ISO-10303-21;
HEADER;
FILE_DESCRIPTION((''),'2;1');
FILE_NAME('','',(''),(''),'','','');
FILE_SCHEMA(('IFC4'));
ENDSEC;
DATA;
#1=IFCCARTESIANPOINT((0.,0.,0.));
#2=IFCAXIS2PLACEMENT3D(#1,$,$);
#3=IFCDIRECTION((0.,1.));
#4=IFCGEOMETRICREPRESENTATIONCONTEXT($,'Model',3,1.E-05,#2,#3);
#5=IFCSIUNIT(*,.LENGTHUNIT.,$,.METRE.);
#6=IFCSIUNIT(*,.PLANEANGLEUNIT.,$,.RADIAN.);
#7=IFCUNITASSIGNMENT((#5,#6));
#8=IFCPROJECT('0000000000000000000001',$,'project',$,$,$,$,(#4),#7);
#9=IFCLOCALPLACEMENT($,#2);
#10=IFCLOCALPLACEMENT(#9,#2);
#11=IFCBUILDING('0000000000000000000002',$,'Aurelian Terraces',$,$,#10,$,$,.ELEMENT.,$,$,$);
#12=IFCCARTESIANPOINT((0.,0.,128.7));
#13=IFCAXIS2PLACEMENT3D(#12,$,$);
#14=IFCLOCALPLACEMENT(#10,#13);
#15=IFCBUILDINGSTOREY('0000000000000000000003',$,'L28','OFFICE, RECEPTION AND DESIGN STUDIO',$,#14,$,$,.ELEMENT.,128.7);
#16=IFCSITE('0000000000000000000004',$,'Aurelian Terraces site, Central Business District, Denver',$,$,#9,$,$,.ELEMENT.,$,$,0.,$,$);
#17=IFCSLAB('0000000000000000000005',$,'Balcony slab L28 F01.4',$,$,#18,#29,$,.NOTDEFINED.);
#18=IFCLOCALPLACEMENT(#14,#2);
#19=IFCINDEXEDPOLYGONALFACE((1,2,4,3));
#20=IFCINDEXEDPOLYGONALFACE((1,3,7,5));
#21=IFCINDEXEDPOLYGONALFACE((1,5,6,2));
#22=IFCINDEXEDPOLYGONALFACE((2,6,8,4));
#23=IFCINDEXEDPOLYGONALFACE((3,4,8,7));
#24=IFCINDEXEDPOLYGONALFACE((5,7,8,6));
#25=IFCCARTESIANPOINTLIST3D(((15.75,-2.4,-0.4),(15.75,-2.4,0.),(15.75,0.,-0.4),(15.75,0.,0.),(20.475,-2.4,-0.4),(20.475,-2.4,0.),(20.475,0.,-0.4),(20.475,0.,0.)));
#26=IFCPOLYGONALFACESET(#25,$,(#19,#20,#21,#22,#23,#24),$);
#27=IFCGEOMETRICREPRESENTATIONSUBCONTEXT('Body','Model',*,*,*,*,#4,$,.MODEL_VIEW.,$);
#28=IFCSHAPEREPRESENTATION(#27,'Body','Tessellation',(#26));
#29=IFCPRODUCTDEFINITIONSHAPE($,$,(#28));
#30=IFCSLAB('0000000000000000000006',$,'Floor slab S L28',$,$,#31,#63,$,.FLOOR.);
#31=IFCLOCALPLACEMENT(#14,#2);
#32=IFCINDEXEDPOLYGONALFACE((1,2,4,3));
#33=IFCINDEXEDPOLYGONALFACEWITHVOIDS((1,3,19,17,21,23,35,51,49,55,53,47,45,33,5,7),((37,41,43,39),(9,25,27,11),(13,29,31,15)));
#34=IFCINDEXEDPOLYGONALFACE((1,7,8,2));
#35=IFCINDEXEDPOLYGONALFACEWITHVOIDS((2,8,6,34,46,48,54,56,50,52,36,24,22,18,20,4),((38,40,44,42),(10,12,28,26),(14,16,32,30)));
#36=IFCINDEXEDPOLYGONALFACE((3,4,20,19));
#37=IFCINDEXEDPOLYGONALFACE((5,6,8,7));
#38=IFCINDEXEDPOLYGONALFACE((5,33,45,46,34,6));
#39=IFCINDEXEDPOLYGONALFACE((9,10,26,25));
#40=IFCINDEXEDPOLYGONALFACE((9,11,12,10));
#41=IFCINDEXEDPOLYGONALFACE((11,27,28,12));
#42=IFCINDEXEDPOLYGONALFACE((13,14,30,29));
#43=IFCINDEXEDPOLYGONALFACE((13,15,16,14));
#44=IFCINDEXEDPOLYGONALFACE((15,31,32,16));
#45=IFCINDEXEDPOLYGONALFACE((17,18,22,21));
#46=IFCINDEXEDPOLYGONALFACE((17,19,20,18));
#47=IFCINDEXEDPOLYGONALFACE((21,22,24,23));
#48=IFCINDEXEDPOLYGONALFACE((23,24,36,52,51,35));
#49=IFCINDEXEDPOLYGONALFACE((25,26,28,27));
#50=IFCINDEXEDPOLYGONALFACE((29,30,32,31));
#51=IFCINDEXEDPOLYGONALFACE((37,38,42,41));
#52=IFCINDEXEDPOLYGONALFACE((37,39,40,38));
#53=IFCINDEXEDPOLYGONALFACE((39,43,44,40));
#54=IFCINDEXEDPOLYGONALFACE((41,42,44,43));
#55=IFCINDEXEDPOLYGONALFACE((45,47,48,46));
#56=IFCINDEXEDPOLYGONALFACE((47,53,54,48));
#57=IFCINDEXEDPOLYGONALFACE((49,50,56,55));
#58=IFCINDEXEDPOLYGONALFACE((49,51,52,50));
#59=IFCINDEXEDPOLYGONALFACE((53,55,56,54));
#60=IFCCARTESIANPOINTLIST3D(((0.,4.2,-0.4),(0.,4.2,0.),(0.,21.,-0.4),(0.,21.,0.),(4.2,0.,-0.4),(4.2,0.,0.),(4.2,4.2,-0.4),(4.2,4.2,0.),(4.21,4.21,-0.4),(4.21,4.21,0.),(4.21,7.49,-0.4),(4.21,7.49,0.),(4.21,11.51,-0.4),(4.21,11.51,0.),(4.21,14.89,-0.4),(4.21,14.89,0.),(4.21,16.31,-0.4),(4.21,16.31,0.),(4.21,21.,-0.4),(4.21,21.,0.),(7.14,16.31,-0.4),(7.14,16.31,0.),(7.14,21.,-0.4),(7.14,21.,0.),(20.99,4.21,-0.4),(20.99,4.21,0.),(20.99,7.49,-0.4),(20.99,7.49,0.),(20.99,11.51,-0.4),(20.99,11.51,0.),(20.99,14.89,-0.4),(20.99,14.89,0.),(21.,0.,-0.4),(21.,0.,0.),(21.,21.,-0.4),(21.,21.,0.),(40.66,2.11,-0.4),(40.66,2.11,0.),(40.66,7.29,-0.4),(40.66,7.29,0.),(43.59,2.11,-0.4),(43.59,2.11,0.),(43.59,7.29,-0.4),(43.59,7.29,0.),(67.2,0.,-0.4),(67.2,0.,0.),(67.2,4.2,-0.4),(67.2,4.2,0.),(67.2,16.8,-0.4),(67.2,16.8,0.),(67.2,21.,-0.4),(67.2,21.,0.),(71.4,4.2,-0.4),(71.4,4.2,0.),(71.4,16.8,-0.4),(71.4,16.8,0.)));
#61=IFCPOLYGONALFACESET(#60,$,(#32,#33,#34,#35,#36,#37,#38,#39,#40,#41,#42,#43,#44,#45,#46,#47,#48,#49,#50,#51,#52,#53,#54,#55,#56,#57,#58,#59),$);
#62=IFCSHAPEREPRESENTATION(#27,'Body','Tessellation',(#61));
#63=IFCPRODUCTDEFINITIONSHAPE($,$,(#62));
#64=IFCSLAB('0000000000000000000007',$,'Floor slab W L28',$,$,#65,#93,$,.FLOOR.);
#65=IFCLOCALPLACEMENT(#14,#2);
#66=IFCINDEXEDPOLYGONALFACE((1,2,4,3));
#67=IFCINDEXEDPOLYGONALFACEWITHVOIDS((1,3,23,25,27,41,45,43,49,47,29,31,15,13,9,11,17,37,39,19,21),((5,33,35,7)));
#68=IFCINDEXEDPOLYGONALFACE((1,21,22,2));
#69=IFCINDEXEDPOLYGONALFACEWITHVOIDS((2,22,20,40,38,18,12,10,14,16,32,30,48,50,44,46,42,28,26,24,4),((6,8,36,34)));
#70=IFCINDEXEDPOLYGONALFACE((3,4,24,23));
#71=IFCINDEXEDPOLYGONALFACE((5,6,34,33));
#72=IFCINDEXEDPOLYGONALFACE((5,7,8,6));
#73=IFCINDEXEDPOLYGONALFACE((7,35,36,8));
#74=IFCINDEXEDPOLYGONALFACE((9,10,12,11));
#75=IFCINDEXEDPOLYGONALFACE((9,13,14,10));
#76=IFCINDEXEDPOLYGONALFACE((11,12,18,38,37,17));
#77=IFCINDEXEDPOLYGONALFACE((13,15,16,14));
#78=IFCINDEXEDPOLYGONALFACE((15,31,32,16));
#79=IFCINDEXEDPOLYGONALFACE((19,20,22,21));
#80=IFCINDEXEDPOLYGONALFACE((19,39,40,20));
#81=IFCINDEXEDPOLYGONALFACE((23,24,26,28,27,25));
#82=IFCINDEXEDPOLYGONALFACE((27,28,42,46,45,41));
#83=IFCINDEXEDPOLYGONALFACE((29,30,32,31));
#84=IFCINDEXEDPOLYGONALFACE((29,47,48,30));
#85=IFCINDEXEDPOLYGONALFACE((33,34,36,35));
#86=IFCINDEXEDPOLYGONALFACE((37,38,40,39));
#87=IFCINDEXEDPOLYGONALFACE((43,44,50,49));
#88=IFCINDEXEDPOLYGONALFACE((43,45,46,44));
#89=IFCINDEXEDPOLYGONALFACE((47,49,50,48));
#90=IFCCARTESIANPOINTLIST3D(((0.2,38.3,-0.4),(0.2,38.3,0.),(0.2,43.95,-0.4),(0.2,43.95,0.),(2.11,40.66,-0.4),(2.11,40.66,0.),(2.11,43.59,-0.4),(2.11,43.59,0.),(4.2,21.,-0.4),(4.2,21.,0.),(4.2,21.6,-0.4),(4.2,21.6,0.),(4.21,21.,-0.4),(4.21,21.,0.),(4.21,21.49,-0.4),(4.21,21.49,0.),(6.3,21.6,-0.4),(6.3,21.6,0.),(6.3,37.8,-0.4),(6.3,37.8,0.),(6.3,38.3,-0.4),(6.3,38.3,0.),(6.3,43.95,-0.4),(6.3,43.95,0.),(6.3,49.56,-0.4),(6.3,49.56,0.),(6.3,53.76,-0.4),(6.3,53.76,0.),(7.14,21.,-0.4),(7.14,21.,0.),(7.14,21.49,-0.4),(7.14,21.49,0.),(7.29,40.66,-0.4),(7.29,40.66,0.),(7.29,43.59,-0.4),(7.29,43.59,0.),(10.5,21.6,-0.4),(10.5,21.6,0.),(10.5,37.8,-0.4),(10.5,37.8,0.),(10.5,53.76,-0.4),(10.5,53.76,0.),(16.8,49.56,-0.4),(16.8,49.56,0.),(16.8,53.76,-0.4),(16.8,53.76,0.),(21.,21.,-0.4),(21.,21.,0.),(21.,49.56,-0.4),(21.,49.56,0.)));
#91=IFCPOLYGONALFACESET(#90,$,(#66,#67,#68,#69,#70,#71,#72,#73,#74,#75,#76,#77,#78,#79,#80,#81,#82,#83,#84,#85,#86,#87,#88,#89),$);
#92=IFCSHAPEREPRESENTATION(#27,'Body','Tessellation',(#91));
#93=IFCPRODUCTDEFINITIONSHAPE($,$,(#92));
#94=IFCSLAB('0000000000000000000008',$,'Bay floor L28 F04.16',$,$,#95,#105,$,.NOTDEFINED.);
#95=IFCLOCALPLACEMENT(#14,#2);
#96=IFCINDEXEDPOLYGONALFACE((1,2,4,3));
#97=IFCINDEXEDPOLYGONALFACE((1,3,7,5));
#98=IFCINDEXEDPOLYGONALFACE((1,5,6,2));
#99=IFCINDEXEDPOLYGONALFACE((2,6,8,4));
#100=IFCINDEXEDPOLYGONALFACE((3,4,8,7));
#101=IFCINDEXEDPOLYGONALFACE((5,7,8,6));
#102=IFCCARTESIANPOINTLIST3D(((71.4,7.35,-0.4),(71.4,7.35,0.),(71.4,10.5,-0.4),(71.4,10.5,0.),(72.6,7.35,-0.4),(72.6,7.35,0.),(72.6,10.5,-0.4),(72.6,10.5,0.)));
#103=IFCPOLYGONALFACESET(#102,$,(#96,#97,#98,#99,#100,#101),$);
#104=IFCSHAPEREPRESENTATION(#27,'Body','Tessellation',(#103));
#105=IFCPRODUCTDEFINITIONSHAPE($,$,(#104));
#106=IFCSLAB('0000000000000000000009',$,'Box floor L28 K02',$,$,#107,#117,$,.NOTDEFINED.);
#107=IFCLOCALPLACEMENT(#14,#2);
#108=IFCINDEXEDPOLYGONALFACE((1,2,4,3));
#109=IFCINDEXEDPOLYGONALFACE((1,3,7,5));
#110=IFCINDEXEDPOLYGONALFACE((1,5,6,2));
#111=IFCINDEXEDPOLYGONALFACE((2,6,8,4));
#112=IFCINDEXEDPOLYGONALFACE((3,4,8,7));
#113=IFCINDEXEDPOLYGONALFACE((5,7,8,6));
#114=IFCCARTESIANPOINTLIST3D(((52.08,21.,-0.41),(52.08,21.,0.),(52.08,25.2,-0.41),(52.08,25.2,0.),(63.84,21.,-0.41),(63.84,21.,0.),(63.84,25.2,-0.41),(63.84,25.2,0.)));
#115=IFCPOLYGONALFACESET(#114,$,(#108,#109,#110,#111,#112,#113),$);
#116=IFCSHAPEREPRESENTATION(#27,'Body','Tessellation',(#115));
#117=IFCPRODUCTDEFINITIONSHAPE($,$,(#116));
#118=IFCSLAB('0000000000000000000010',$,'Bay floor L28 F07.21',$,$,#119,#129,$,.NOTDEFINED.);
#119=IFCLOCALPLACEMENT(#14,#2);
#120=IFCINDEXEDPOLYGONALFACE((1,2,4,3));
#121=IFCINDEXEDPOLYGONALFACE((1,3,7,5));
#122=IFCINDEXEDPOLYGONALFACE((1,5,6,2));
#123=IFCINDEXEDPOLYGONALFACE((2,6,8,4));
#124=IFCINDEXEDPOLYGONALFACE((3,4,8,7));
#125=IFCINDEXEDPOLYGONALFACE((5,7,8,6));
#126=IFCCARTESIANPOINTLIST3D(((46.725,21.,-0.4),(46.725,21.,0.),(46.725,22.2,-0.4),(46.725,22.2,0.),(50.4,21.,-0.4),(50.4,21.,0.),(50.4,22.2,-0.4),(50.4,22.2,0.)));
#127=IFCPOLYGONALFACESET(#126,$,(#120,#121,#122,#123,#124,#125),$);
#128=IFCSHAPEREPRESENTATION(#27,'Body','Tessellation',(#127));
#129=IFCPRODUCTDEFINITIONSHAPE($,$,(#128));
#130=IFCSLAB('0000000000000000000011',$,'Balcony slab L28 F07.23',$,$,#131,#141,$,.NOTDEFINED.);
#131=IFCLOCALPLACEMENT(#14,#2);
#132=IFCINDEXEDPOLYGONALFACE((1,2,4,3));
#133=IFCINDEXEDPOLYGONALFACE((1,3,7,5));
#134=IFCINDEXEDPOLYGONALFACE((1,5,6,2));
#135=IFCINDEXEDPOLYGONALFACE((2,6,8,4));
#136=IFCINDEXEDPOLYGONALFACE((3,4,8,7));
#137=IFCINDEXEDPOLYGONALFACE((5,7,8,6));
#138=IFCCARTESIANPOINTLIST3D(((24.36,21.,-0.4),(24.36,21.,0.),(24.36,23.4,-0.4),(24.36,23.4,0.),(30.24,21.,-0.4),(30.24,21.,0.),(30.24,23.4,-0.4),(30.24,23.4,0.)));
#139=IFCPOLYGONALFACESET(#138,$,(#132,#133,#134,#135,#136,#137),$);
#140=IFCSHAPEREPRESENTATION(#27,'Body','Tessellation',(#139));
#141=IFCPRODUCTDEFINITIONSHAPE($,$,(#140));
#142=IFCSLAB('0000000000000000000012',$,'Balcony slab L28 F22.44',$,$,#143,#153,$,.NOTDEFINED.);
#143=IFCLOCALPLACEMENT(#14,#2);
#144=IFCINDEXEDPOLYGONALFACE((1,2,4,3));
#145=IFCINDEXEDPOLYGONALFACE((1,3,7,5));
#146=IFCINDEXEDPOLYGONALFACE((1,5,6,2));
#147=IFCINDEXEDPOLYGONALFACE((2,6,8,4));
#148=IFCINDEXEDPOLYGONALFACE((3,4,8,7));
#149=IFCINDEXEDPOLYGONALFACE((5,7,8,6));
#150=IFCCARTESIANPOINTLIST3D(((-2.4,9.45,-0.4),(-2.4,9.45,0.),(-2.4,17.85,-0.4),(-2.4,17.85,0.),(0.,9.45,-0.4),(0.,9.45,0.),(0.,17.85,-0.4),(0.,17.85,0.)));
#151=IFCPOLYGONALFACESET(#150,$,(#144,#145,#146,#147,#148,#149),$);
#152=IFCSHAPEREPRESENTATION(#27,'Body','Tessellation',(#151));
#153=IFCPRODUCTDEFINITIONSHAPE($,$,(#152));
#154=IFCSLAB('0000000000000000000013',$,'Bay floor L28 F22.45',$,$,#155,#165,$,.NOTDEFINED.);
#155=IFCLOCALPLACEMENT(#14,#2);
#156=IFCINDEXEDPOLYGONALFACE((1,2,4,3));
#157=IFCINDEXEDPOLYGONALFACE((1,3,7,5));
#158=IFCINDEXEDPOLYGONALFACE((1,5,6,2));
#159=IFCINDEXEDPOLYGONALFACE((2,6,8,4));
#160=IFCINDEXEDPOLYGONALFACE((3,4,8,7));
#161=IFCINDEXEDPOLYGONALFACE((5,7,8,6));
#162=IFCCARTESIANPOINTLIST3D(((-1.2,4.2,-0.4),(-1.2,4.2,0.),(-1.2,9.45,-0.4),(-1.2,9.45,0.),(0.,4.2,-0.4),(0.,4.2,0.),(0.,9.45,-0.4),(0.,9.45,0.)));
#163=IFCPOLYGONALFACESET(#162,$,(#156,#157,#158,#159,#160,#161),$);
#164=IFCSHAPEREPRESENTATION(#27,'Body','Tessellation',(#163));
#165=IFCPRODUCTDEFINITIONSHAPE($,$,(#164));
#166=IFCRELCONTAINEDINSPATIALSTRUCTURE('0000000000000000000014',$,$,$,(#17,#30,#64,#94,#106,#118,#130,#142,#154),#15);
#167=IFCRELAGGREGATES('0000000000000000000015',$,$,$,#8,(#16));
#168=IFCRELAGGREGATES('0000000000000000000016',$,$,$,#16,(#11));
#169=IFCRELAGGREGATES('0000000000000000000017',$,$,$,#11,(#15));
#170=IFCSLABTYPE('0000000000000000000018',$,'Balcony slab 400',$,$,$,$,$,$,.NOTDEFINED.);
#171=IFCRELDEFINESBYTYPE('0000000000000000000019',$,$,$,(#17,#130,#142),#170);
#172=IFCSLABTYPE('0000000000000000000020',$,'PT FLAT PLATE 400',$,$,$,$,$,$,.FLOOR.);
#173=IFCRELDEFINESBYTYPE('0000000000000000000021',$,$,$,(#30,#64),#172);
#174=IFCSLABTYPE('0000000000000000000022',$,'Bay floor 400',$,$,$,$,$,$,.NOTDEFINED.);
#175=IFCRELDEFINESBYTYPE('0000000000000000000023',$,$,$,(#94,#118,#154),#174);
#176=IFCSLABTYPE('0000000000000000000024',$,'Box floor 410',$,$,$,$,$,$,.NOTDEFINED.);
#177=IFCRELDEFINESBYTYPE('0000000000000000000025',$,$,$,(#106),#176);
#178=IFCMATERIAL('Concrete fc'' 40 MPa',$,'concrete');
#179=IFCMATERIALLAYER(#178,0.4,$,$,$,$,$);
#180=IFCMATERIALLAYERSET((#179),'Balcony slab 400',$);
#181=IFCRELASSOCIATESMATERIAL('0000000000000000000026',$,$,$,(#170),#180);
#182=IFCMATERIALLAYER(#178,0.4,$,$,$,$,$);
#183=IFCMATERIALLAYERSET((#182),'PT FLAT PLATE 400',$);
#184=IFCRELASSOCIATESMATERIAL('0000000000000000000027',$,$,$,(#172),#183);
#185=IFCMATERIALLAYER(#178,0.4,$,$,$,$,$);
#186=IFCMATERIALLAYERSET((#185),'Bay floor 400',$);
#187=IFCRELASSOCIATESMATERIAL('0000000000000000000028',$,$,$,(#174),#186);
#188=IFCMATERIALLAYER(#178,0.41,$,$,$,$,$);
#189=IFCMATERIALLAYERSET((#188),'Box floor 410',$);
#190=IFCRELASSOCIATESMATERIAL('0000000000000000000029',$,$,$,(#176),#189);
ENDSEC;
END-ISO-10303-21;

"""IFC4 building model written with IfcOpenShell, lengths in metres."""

from ifc_helpers import new_model, si_unit, direction, frame, origin, place, context, subcontext, project, spatial, polyline, outline, extrude, source, transform, mapped, material, layer, layer_set, type_object, element, save


model = new_model("IFC4")

# Units and contexts
model_context = context("Model", 3, precision=1e-05, world=origin(), true_north=direction((0.0, 1.0)))
body_context = subcontext(model_context, "Body", "Model", "MODEL_VIEW")
ifc_project = project(units=[si_unit("LENGTHUNIT", "METRE"), si_unit("PLANEANGLEUNIT", "RADIAN")], contexts=[model_context])

# Site, building, storey
site_placement = place(None, origin())
site = spatial("IfcSite", under=ifc_project, at=site_placement, Name="Aurelian Terraces site, Central Business District, Denver", CompositionType="ELEMENT", RefElevation=0.0)
building_placement = place(site_placement, origin())
building = spatial("IfcBuilding", under=site, at=building_placement, Name="Aurelian Terraces", CompositionType="ELEMENT")
storey_placement = place(building_placement, frame((0.0, 0.0, 128.7)))
storey = spatial("IfcBuildingStorey", under=building, at=storey_placement, Name="L28", Description="OFFICE, RECEPTION AND DESIGN STUDIO", CompositionType="ELEMENT", Elevation=128.7)

# Slabs
ifc_material_1 = material(Name="Concrete fc' 40 MPa", Category="concrete")
ifc_layer_1 = layer(ifc_material_1, 0.4)
ifc_layer_set_1 = layer_set([ifc_layer_1], Name="Balcony slab 400")
slab_type_1 = type_object("IfcSlabType", Name="Balcony slab 400", PredefinedType="NOTDEFINED", material=ifc_layer_set_1)
slab_1_placement = place(storey_placement, frame((0.0, 0.0, -0.4)))
element("IfcSlab", 1, at=slab_1_placement, inside=storey, type_object=slab_type_1, Name="Balcony slab L28 F01.4", PredefinedType="NOTDEFINED", context=body_context, shape_type="SweptSolid", body=[
    extrude(outline(polyline([(15.75, 0.0), (20.475, 0.0), (20.475, -2.4), (15.75, -2.4), (15.75, 0.0)])), origin(), (0.0, 0.0, 1.0), 0.4),
])
ifc_layer_2 = layer(ifc_material_1, 0.4)
ifc_layer_set_2 = layer_set([ifc_layer_2], Name="PT FLAT PLATE 400")
slab_type_2 = type_object("IfcSlabType", Name="PT FLAT PLATE 400", PredefinedType="FLOOR", material=ifc_layer_set_2)
shared_shape_1 = source(origin(), body_context, "Body", "SweptSolid", [
    extrude(outline(polyline([(67.2, 16.8), (71.4, 16.8), (71.4, 4.2), (67.2, 4.2), (67.2, 0.0), (21.0, 0.0), (4.2, 0.0), (4.2, 4.2), (0.0, 4.2), (0.0, 21.0), (4.21, 21.0), (4.21, 16.31), (7.14, 16.31), (7.14, 21.0), (21.0, 21.0), (67.2, 21.0), (67.2, 16.8)]), holes=[polyline([(40.66, 2.11), (43.59, 2.11), (43.59, 7.29), (40.66, 7.29), (40.66, 2.11)]), polyline([(4.21, 7.49), (4.21, 4.21), (20.99, 4.21), (20.99, 7.49), (4.21, 7.49)]), polyline([(4.21, 14.89), (4.21, 11.51), (20.99, 11.51), (20.99, 14.89), (4.21, 14.89)])]), origin(), (0.0, 0.0, 1.0), 0.4),
])
slab_2_placement = place(storey_placement, frame((0.0, 0.0, -0.4)))
element("IfcSlab", 2, at=slab_2_placement, inside=storey, type_object=slab_type_2, Name="Floor slab S L28", PredefinedType="FLOOR", context=body_context, shape_type="MappedRepresentation", body=[
    mapped(shared_shape_1, transform((0.0, 0.0, 0.0), scale=1.0)),
])
shared_shape_2 = source(origin(), body_context, "Body", "SweptSolid", [
    extrude(outline(polyline([(6.3, 43.95), (6.3, 49.56), (6.3, 53.76), (10.5, 53.76), (16.8, 53.76), (16.8, 49.56), (21.0, 49.56), (21.0, 21.0), (7.14, 21.0), (7.14, 21.49), (4.21, 21.49), (4.21, 21.0), (4.2, 21.0), (4.2, 21.6), (6.3, 21.6), (10.5, 21.6), (10.5, 37.8), (6.3, 37.8), (6.3, 38.3), (0.2, 38.3), (0.2, 43.95), (6.3, 43.95)]), holes=[polyline([(7.29, 43.59), (2.11, 43.59), (2.11, 40.66), (7.29, 40.66), (7.29, 43.59)])]), origin(), (0.0, 0.0, 1.0), 0.4),
])
slab_3_placement = place(storey_placement, frame((0.0, 0.0, -0.4)))
element("IfcSlab", 3, at=slab_3_placement, inside=storey, type_object=slab_type_2, Name="Floor slab W L28", PredefinedType="FLOOR", context=body_context, shape_type="MappedRepresentation", body=[
    mapped(shared_shape_2, transform((0.0, 0.0, 0.0), scale=1.0)),
])
ifc_layer_3 = layer(ifc_material_1, 0.4)
ifc_layer_set_3 = layer_set([ifc_layer_3], Name="Bay floor 400")
slab_type_3 = type_object("IfcSlabType", Name="Bay floor 400", PredefinedType="NOTDEFINED", material=ifc_layer_set_3)
shared_shape_3 = source(origin(), body_context, "Body", "SweptSolid", [
    extrude(outline(polyline([(71.4, 7.35), (71.4, 10.5), (72.6, 10.5), (72.6, 7.35), (71.4, 7.35)])), origin(), (0.0, 0.0, 1.0), 0.4),
])
slab_4_placement = place(storey_placement, frame((0.0, 0.0, -0.4)))
element("IfcSlab", 4, at=slab_4_placement, inside=storey, type_object=slab_type_3, Name="Bay floor L28 F04.16", PredefinedType="NOTDEFINED", context=body_context, shape_type="MappedRepresentation", body=[
    mapped(shared_shape_3, transform((0.0, 0.0, 0.0), scale=1.0)),
])
ifc_layer_4 = layer(ifc_material_1, 0.41)
ifc_layer_set_4 = layer_set([ifc_layer_4], Name="Box floor 410")
slab_type_4 = type_object("IfcSlabType", Name="Box floor 410", PredefinedType="NOTDEFINED", material=ifc_layer_set_4)
shared_shape_4 = source(origin(), body_context, "Body", "SweptSolid", [
    extrude(outline(polyline([(63.84, 25.2), (52.08, 25.2), (52.08, 21.0), (63.84, 21.0), (63.84, 25.2)])), origin(), (0.0, 0.0, 1.0), 0.41),
])
slab_5_placement = place(storey_placement, frame((0.0, 0.0, -0.41)))
element("IfcSlab", 5, at=slab_5_placement, inside=storey, type_object=slab_type_4, Name="Box floor L28 K02", PredefinedType="NOTDEFINED", context=body_context, shape_type="MappedRepresentation", body=[
    mapped(shared_shape_4, transform((0.0, 0.0, 0.0), scale=1.0)),
])
shared_shape_5 = source(origin(), body_context, "Body", "SweptSolid", [
    extrude(outline(polyline([(50.4, 21.0), (46.725, 21.0), (46.725, 22.2), (50.4, 22.2), (50.4, 21.0)])), origin(), (0.0, 0.0, 1.0), 0.4),
])
slab_6_placement = place(storey_placement, frame((0.0, 0.0, -0.4)))
element("IfcSlab", 6, at=slab_6_placement, inside=storey, type_object=slab_type_3, Name="Bay floor L28 F07.21", PredefinedType="NOTDEFINED", context=body_context, shape_type="MappedRepresentation", body=[
    mapped(shared_shape_5, transform((0.0, 0.0, 0.0), scale=1.0)),
])
shared_shape_6 = source(origin(), body_context, "Body", "SweptSolid", [
    extrude(outline(polyline([(30.24, 21.0), (24.36, 21.0), (24.36, 23.4), (30.24, 23.4), (30.24, 21.0)])), origin(), (0.0, 0.0, 1.0), 0.4),
])
slab_7_placement = place(storey_placement, frame((0.0, 0.0, -0.4)))
element("IfcSlab", 7, at=slab_7_placement, inside=storey, type_object=slab_type_1, Name="Balcony slab L28 F07.23", PredefinedType="NOTDEFINED", context=body_context, shape_type="MappedRepresentation", body=[
    mapped(shared_shape_6, transform((0.0, 0.0, 0.0), scale=1.0)),
])
shared_shape_7 = source(origin(), body_context, "Body", "SweptSolid", [
    extrude(outline(polyline([(0.0, 17.85), (0.0, 9.45), (-2.4, 9.45), (-2.4, 17.85), (0.0, 17.85)])), origin(), (0.0, 0.0, 1.0), 0.4),
])
slab_8_placement = place(storey_placement, frame((0.0, 0.0, -0.4)))
element("IfcSlab", 8, at=slab_8_placement, inside=storey, type_object=slab_type_1, Name="Balcony slab L28 F22.44", PredefinedType="NOTDEFINED", context=body_context, shape_type="MappedRepresentation", body=[
    mapped(shared_shape_7, transform((0.0, 0.0, 0.0), scale=1.0)),
])
shared_shape_8 = source(origin(), body_context, "Body", "SweptSolid", [
    extrude(outline(polyline([(0.0, 9.45), (0.0, 4.2), (-1.2, 4.2), (-1.2, 9.45), (0.0, 9.45)])), origin(), (0.0, 0.0, 1.0), 0.4),
])
slab_9_placement = place(storey_placement, frame((0.0, 0.0, -0.4)))
element("IfcSlab", 9, at=slab_9_placement, inside=storey, type_object=slab_type_3, Name="Bay floor L28 F22.45", PredefinedType="NOTDEFINED", context=body_context, shape_type="MappedRepresentation", body=[
    mapped(shared_shape_8, transform((0.0, 0.0, 0.0), scale=1.0)),
])

save(model, "model.ifc")
